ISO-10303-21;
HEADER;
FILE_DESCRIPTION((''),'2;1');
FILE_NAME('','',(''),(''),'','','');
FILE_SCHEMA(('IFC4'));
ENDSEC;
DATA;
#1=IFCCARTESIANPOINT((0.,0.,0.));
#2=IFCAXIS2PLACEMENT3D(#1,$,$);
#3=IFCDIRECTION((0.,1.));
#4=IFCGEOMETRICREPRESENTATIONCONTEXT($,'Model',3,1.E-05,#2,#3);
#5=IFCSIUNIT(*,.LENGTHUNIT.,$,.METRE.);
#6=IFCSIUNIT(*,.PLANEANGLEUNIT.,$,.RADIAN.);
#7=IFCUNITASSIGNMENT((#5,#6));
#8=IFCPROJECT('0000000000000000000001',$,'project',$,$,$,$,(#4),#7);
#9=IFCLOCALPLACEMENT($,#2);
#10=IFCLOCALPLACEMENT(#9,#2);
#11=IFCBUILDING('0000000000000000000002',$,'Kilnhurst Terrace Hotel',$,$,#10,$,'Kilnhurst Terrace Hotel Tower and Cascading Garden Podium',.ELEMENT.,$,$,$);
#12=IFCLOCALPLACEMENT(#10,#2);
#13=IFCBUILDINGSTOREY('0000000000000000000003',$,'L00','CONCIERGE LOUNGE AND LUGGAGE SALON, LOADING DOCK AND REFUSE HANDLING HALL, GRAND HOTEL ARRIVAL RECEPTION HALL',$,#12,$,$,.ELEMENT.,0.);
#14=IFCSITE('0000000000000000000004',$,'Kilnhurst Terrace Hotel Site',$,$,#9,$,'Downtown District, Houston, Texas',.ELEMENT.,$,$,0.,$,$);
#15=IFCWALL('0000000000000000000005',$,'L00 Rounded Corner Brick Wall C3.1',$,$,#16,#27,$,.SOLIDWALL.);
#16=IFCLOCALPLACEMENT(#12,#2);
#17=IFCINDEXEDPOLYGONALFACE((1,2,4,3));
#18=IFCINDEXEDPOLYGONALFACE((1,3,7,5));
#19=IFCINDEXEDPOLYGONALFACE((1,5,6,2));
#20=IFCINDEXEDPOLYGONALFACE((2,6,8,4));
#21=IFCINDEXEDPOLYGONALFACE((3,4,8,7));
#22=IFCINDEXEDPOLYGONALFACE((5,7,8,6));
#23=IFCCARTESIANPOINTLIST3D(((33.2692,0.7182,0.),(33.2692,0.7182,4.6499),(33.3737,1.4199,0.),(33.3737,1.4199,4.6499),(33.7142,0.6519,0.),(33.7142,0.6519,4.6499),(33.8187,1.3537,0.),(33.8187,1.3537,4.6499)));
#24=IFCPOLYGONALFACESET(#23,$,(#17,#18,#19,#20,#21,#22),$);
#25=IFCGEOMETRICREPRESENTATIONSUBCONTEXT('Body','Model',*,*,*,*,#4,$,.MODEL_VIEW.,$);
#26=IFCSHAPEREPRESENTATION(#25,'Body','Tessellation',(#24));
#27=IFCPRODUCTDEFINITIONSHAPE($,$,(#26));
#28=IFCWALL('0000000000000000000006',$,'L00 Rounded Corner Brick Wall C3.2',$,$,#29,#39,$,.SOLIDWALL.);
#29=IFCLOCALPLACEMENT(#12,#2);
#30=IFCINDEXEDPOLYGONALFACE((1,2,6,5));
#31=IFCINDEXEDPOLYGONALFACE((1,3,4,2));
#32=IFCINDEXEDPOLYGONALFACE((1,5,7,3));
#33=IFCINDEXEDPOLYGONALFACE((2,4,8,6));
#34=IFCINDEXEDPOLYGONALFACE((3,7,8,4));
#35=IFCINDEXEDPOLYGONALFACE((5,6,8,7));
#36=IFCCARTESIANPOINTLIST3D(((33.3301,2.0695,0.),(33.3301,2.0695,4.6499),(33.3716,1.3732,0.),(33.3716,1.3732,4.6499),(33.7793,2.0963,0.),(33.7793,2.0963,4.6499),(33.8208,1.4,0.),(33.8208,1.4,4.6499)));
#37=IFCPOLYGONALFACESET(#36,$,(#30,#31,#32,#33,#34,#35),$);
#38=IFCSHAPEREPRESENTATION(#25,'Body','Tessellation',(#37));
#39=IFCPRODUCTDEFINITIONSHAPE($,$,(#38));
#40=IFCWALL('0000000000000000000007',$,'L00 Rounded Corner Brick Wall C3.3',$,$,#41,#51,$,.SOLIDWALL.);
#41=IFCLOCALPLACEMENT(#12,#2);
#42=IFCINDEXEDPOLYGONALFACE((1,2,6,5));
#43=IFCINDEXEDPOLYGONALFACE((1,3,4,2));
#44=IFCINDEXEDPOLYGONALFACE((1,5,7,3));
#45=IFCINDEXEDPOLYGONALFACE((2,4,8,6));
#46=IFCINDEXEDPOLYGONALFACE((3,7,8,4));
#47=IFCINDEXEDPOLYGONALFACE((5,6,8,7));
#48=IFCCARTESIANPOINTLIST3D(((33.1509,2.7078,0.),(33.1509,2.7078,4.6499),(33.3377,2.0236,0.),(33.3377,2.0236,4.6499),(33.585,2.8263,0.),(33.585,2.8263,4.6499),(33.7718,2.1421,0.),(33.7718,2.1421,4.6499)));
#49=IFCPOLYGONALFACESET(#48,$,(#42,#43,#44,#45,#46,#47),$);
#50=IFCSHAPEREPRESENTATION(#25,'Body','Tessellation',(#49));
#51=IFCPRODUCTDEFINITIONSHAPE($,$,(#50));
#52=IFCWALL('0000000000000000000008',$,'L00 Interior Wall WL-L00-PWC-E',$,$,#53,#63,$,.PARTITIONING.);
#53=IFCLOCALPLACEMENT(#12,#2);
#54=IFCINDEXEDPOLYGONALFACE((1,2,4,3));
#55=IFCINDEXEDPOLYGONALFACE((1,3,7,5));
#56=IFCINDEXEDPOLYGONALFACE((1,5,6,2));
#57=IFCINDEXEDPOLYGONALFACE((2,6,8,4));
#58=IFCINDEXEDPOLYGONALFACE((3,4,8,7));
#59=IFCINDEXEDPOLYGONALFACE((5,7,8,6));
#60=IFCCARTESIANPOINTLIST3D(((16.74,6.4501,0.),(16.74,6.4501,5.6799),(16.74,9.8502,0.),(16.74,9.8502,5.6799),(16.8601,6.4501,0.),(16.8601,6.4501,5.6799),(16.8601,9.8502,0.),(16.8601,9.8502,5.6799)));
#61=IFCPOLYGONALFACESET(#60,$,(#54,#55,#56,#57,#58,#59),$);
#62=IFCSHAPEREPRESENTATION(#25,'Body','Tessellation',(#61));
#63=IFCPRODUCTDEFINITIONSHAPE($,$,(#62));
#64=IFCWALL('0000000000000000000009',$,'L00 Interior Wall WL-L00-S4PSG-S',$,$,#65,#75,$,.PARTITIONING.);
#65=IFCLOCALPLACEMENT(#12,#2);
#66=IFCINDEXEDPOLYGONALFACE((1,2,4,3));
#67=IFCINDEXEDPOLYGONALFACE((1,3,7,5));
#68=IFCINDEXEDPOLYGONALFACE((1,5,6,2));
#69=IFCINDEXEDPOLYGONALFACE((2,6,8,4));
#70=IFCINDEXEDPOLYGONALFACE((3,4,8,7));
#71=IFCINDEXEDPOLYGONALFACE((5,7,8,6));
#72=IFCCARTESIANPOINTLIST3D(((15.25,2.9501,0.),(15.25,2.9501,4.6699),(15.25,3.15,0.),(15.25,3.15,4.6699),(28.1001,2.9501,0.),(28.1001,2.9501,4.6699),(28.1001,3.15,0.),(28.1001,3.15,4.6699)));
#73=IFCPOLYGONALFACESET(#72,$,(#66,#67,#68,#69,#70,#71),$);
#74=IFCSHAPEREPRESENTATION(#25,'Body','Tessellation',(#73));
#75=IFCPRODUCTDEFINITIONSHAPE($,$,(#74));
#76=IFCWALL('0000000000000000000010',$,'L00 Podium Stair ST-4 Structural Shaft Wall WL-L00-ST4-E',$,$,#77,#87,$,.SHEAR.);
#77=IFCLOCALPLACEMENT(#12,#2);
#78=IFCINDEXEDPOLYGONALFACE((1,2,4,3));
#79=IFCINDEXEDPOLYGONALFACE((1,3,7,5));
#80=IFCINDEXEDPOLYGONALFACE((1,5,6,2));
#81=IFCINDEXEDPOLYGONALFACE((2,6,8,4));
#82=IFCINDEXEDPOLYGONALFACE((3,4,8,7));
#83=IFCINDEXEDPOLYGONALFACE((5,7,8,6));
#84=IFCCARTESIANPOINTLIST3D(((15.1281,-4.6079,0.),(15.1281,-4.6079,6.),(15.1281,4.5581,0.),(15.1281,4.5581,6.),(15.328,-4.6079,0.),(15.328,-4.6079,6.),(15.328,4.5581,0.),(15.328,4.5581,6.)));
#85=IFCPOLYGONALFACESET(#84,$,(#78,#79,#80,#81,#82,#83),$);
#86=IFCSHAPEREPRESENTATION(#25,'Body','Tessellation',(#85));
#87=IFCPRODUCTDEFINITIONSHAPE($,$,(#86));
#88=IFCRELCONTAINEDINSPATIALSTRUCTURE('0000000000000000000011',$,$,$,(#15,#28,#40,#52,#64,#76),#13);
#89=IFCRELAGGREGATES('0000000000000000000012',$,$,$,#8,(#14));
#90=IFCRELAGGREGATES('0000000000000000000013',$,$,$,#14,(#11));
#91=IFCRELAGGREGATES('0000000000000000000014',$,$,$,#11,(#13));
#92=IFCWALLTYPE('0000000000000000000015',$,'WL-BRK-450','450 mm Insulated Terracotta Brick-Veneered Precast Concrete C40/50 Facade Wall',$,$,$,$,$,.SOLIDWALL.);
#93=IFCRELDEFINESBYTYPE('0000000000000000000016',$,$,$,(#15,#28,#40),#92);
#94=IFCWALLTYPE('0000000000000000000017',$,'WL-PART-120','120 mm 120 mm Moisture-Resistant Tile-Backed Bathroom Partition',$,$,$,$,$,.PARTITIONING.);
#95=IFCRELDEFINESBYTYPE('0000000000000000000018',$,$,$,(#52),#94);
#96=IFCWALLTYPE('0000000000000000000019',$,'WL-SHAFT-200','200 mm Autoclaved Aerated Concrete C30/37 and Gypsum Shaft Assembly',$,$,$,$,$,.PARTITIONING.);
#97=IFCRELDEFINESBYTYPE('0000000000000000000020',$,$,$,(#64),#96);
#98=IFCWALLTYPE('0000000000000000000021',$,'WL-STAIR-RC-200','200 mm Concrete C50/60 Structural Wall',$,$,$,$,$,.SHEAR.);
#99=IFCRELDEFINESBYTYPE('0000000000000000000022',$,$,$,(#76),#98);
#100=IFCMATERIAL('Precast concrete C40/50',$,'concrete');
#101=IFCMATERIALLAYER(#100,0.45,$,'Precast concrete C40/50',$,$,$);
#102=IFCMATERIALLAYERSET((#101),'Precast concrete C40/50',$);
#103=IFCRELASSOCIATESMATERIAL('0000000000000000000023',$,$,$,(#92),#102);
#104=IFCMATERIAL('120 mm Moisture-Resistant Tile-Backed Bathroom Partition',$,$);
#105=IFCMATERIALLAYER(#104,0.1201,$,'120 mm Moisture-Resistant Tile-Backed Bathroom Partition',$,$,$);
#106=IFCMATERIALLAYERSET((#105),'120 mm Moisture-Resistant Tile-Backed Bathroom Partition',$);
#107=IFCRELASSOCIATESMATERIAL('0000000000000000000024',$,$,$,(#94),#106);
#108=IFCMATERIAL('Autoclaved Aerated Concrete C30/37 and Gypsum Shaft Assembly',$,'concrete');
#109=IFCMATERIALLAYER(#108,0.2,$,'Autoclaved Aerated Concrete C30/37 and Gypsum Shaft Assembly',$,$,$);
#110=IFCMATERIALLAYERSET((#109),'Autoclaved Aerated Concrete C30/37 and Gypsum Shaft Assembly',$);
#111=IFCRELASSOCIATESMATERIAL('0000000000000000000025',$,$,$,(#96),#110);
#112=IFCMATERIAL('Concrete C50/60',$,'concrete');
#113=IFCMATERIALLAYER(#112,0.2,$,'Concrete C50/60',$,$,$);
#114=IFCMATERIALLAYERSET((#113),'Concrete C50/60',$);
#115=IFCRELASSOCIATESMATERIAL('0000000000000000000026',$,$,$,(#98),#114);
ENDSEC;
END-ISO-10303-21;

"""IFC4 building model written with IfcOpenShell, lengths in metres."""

from ifc_helpers import new_model, si_unit, direction, frame, frame_2d, origin, place, context, subcontext, project, spatial, rectangle, extrude, material, layer, layer_set, type_object, element, save


model = new_model("IFC4")

# Units and contexts
model_context = context("Model", 3, precision=1e-05, world=origin(), true_north=direction((0.0, 1.0)))
body_context = subcontext(model_context, "Body", "Model", "MODEL_VIEW")
ifc_project = project(units=[si_unit("LENGTHUNIT", "METRE"), si_unit("PLANEANGLEUNIT", "RADIAN")], contexts=[model_context])

# Site, building, storey
site_placement = place(None, origin())
site = spatial("IfcSite", under=ifc_project, at=site_placement, Name="Kilnhurst Terrace Hotel Site", LongName="Downtown District, Houston, Texas", CompositionType="ELEMENT", RefElevation=0.0)
building_placement = place(site_placement, origin())
building = spatial("IfcBuilding", under=site, at=building_placement, Name="Kilnhurst Terrace Hotel", LongName="Kilnhurst Terrace Hotel Tower and Cascading Garden Podium", CompositionType="ELEMENT")
storey_placement = place(building_placement, origin())
storey = spatial("IfcBuildingStorey", under=building, at=storey_placement, Name="L00", Description="CONCIERGE LOUNGE AND LUGGAGE SALON, LOADING DOCK AND REFUSE HANDLING HALL, GRAND HOTEL ARRIVAL RECEPTION HALL", CompositionType="ELEMENT", Elevation=0.0)

# Shared definitions
ifc_material_1 = material(Name="Concrete C50/60", Category="concrete")

# Walls
ifc_material_2 = material(Name="Precast concrete C40/50", Category="concrete")
ifc_layer_1 = layer(ifc_material_2, 0.45, Name="Precast concrete C40/50")
ifc_layer_set_1 = layer_set([ifc_layer_1], Name="Precast concrete C40/50")
wall_type_1 = type_object("IfcWallType", Name="WL-BRK-450", Description="450 mm Insulated Terracotta Brick-Veneered Precast Concrete C40/50 Facade Wall", PredefinedType="SOLIDWALL", material=ifc_layer_set_1)
wall_1_placement = place(storey_placement, frame((33.4917, 0.6851, 0.0), z_axis=(0.0, 0.0, 1.0), x_axis=(0.147297, 0.989092, 0.0)))
element("IfcWall", 1, at=wall_1_placement, inside=storey, type_object=wall_type_1, Name="L00 Rounded Corner Brick Wall C3.1", PredefinedType="SOLIDWALL", context=body_context, shape_type="SweptSolid", body=[
    extrude(rectangle(XDim=0.7095, YDim=0.45, at=frame_2d((0.3547, 0.0))), origin(), (0.0, 0.0, 1.0), 4.6499),
])
wall_2_placement = place(storey_placement, frame((33.5962, 1.3867, 0.0), z_axis=(0.0, 0.0, 1.0), x_axis=(-0.059502, 0.998228, 0.0)))
element("IfcWall", 2, at=wall_2_placement, inside=storey, type_object=wall_type_1, Name="L00 Rounded Corner Brick Wall C3.2", PredefinedType="SOLIDWALL", context=body_context, shape_type="SweptSolid", body=[
    extrude(rectangle(XDim=0.6975, YDim=0.45, at=frame_2d((0.3486, 0.0))), origin(), (0.0, 0.0, 1.0), 4.6499),
])
wall_3_placement = place(storey_placement, frame((33.5547, 2.083, 0.0), z_axis=(0.0, 0.0, 1.0), x_axis=(-0.26338, 0.964692, 0.0)))
element("IfcWall", 3, at=wall_3_placement, inside=storey, type_object=wall_type_1, Name="L00 Rounded Corner Brick Wall C3.3", PredefinedType="SOLIDWALL", context=body_context, shape_type="SweptSolid", body=[
    extrude(rectangle(XDim=0.7092, YDim=0.45, at=frame_2d((0.3545, 0.0))), origin(), (0.0, 0.0, 1.0), 4.6499),
])

# Walls
ifc_material_3 = material(Name="120 mm Moisture-Resistant Tile-Backed Bathroom Partition")
ifc_layer_2 = layer(ifc_material_3, 0.1201, Name="120 mm Moisture-Resistant Tile-Backed Bathroom Partition")
ifc_layer_set_2 = layer_set([ifc_layer_2], Name="120 mm Moisture-Resistant Tile-Backed Bathroom Partition")
wall_type_2 = type_object("IfcWallType", Name="WL-PART-120", Description="120 mm 120 mm Moisture-Resistant Tile-Backed Bathroom Partition", PredefinedType="PARTITIONING", material=ifc_layer_set_2)
wall_4_placement = place(storey_placement, frame((16.8, 6.45, 0.0), z_axis=(0.0, 0.0, 1.0), x_axis=(0.0, 1.0, 0.0)))
element("IfcWall", 4, at=wall_4_placement, inside=storey, type_object=wall_type_2, Name="L00 Interior Wall WL-L00-PWC-E", PredefinedType="PARTITIONING", context=body_context, shape_type="SweptSolid", body=[
    extrude(rectangle(XDim=3.4001, YDim=0.1201, at=frame_2d((1.7002, 0.0))), origin(), (0.0, 0.0, 1.0), 5.6799),
])
ifc_material_4 = material(Name="Autoclaved Aerated Concrete C30/37 and Gypsum Shaft Assembly", Category="concrete")
ifc_layer_3 = layer(ifc_material_4, 0.2, Name="Autoclaved Aerated Concrete C30/37 and Gypsum Shaft Assembly")
ifc_layer_set_3 = layer_set([ifc_layer_3], Name="Autoclaved Aerated Concrete C30/37 and Gypsum Shaft Assembly")
wall_type_3 = type_object("IfcWallType", Name="WL-SHAFT-200", Description="200 mm Autoclaved Aerated Concrete C30/37 and Gypsum Shaft Assembly", PredefinedType="PARTITIONING", material=ifc_layer_set_3)
wall_5_placement = place(storey_placement, frame((15.25, 3.05, 0.0), z_axis=(0.0, 0.0, 1.0), x_axis=(1.0, 0.0, 0.0)))
element("IfcWall", 5, at=wall_5_placement, inside=storey, type_object=wall_type_3, Name="L00 Interior Wall WL-L00-S4PSG-S", PredefinedType="PARTITIONING", context=body_context, shape_type="SweptSolid", body=[
    extrude(rectangle(XDim=12.8501, YDim=0.2, at=frame_2d((6.425, 0.0))), origin(), (0.0, 0.0, 1.0), 4.6699),
])
ifc_layer_4 = layer(ifc_material_1, 0.2, Name="Concrete C50/60")
ifc_layer_set_4 = layer_set([ifc_layer_4], Name="Concrete C50/60")
wall_type_4 = type_object("IfcWallType", Name="WL-STAIR-RC-200", Description="200 mm Concrete C50/60 Structural Wall", PredefinedType="SHEAR", material=ifc_layer_set_4)
wall_6_placement = place(storey_placement, frame((15.228, -4.6079, 0.0), z_axis=(0.0, 0.0, 1.0), x_axis=(0.0, 1.0, 0.0)))
element("IfcWall", 6, at=wall_6_placement, inside=storey, type_object=wall_type_4, Name="L00 Podium Stair ST-4 Structural Shaft Wall WL-L00-ST4-E", PredefinedType="SHEAR", context=body_context, shape_type="SweptSolid", body=[
    extrude(rectangle(XDim=9.166, YDim=0.2, at=frame_2d((4.583, 0.0))), origin(), (0.0, 0.0, 1.0), 6.0),
])

save(model, "model.ifc")
